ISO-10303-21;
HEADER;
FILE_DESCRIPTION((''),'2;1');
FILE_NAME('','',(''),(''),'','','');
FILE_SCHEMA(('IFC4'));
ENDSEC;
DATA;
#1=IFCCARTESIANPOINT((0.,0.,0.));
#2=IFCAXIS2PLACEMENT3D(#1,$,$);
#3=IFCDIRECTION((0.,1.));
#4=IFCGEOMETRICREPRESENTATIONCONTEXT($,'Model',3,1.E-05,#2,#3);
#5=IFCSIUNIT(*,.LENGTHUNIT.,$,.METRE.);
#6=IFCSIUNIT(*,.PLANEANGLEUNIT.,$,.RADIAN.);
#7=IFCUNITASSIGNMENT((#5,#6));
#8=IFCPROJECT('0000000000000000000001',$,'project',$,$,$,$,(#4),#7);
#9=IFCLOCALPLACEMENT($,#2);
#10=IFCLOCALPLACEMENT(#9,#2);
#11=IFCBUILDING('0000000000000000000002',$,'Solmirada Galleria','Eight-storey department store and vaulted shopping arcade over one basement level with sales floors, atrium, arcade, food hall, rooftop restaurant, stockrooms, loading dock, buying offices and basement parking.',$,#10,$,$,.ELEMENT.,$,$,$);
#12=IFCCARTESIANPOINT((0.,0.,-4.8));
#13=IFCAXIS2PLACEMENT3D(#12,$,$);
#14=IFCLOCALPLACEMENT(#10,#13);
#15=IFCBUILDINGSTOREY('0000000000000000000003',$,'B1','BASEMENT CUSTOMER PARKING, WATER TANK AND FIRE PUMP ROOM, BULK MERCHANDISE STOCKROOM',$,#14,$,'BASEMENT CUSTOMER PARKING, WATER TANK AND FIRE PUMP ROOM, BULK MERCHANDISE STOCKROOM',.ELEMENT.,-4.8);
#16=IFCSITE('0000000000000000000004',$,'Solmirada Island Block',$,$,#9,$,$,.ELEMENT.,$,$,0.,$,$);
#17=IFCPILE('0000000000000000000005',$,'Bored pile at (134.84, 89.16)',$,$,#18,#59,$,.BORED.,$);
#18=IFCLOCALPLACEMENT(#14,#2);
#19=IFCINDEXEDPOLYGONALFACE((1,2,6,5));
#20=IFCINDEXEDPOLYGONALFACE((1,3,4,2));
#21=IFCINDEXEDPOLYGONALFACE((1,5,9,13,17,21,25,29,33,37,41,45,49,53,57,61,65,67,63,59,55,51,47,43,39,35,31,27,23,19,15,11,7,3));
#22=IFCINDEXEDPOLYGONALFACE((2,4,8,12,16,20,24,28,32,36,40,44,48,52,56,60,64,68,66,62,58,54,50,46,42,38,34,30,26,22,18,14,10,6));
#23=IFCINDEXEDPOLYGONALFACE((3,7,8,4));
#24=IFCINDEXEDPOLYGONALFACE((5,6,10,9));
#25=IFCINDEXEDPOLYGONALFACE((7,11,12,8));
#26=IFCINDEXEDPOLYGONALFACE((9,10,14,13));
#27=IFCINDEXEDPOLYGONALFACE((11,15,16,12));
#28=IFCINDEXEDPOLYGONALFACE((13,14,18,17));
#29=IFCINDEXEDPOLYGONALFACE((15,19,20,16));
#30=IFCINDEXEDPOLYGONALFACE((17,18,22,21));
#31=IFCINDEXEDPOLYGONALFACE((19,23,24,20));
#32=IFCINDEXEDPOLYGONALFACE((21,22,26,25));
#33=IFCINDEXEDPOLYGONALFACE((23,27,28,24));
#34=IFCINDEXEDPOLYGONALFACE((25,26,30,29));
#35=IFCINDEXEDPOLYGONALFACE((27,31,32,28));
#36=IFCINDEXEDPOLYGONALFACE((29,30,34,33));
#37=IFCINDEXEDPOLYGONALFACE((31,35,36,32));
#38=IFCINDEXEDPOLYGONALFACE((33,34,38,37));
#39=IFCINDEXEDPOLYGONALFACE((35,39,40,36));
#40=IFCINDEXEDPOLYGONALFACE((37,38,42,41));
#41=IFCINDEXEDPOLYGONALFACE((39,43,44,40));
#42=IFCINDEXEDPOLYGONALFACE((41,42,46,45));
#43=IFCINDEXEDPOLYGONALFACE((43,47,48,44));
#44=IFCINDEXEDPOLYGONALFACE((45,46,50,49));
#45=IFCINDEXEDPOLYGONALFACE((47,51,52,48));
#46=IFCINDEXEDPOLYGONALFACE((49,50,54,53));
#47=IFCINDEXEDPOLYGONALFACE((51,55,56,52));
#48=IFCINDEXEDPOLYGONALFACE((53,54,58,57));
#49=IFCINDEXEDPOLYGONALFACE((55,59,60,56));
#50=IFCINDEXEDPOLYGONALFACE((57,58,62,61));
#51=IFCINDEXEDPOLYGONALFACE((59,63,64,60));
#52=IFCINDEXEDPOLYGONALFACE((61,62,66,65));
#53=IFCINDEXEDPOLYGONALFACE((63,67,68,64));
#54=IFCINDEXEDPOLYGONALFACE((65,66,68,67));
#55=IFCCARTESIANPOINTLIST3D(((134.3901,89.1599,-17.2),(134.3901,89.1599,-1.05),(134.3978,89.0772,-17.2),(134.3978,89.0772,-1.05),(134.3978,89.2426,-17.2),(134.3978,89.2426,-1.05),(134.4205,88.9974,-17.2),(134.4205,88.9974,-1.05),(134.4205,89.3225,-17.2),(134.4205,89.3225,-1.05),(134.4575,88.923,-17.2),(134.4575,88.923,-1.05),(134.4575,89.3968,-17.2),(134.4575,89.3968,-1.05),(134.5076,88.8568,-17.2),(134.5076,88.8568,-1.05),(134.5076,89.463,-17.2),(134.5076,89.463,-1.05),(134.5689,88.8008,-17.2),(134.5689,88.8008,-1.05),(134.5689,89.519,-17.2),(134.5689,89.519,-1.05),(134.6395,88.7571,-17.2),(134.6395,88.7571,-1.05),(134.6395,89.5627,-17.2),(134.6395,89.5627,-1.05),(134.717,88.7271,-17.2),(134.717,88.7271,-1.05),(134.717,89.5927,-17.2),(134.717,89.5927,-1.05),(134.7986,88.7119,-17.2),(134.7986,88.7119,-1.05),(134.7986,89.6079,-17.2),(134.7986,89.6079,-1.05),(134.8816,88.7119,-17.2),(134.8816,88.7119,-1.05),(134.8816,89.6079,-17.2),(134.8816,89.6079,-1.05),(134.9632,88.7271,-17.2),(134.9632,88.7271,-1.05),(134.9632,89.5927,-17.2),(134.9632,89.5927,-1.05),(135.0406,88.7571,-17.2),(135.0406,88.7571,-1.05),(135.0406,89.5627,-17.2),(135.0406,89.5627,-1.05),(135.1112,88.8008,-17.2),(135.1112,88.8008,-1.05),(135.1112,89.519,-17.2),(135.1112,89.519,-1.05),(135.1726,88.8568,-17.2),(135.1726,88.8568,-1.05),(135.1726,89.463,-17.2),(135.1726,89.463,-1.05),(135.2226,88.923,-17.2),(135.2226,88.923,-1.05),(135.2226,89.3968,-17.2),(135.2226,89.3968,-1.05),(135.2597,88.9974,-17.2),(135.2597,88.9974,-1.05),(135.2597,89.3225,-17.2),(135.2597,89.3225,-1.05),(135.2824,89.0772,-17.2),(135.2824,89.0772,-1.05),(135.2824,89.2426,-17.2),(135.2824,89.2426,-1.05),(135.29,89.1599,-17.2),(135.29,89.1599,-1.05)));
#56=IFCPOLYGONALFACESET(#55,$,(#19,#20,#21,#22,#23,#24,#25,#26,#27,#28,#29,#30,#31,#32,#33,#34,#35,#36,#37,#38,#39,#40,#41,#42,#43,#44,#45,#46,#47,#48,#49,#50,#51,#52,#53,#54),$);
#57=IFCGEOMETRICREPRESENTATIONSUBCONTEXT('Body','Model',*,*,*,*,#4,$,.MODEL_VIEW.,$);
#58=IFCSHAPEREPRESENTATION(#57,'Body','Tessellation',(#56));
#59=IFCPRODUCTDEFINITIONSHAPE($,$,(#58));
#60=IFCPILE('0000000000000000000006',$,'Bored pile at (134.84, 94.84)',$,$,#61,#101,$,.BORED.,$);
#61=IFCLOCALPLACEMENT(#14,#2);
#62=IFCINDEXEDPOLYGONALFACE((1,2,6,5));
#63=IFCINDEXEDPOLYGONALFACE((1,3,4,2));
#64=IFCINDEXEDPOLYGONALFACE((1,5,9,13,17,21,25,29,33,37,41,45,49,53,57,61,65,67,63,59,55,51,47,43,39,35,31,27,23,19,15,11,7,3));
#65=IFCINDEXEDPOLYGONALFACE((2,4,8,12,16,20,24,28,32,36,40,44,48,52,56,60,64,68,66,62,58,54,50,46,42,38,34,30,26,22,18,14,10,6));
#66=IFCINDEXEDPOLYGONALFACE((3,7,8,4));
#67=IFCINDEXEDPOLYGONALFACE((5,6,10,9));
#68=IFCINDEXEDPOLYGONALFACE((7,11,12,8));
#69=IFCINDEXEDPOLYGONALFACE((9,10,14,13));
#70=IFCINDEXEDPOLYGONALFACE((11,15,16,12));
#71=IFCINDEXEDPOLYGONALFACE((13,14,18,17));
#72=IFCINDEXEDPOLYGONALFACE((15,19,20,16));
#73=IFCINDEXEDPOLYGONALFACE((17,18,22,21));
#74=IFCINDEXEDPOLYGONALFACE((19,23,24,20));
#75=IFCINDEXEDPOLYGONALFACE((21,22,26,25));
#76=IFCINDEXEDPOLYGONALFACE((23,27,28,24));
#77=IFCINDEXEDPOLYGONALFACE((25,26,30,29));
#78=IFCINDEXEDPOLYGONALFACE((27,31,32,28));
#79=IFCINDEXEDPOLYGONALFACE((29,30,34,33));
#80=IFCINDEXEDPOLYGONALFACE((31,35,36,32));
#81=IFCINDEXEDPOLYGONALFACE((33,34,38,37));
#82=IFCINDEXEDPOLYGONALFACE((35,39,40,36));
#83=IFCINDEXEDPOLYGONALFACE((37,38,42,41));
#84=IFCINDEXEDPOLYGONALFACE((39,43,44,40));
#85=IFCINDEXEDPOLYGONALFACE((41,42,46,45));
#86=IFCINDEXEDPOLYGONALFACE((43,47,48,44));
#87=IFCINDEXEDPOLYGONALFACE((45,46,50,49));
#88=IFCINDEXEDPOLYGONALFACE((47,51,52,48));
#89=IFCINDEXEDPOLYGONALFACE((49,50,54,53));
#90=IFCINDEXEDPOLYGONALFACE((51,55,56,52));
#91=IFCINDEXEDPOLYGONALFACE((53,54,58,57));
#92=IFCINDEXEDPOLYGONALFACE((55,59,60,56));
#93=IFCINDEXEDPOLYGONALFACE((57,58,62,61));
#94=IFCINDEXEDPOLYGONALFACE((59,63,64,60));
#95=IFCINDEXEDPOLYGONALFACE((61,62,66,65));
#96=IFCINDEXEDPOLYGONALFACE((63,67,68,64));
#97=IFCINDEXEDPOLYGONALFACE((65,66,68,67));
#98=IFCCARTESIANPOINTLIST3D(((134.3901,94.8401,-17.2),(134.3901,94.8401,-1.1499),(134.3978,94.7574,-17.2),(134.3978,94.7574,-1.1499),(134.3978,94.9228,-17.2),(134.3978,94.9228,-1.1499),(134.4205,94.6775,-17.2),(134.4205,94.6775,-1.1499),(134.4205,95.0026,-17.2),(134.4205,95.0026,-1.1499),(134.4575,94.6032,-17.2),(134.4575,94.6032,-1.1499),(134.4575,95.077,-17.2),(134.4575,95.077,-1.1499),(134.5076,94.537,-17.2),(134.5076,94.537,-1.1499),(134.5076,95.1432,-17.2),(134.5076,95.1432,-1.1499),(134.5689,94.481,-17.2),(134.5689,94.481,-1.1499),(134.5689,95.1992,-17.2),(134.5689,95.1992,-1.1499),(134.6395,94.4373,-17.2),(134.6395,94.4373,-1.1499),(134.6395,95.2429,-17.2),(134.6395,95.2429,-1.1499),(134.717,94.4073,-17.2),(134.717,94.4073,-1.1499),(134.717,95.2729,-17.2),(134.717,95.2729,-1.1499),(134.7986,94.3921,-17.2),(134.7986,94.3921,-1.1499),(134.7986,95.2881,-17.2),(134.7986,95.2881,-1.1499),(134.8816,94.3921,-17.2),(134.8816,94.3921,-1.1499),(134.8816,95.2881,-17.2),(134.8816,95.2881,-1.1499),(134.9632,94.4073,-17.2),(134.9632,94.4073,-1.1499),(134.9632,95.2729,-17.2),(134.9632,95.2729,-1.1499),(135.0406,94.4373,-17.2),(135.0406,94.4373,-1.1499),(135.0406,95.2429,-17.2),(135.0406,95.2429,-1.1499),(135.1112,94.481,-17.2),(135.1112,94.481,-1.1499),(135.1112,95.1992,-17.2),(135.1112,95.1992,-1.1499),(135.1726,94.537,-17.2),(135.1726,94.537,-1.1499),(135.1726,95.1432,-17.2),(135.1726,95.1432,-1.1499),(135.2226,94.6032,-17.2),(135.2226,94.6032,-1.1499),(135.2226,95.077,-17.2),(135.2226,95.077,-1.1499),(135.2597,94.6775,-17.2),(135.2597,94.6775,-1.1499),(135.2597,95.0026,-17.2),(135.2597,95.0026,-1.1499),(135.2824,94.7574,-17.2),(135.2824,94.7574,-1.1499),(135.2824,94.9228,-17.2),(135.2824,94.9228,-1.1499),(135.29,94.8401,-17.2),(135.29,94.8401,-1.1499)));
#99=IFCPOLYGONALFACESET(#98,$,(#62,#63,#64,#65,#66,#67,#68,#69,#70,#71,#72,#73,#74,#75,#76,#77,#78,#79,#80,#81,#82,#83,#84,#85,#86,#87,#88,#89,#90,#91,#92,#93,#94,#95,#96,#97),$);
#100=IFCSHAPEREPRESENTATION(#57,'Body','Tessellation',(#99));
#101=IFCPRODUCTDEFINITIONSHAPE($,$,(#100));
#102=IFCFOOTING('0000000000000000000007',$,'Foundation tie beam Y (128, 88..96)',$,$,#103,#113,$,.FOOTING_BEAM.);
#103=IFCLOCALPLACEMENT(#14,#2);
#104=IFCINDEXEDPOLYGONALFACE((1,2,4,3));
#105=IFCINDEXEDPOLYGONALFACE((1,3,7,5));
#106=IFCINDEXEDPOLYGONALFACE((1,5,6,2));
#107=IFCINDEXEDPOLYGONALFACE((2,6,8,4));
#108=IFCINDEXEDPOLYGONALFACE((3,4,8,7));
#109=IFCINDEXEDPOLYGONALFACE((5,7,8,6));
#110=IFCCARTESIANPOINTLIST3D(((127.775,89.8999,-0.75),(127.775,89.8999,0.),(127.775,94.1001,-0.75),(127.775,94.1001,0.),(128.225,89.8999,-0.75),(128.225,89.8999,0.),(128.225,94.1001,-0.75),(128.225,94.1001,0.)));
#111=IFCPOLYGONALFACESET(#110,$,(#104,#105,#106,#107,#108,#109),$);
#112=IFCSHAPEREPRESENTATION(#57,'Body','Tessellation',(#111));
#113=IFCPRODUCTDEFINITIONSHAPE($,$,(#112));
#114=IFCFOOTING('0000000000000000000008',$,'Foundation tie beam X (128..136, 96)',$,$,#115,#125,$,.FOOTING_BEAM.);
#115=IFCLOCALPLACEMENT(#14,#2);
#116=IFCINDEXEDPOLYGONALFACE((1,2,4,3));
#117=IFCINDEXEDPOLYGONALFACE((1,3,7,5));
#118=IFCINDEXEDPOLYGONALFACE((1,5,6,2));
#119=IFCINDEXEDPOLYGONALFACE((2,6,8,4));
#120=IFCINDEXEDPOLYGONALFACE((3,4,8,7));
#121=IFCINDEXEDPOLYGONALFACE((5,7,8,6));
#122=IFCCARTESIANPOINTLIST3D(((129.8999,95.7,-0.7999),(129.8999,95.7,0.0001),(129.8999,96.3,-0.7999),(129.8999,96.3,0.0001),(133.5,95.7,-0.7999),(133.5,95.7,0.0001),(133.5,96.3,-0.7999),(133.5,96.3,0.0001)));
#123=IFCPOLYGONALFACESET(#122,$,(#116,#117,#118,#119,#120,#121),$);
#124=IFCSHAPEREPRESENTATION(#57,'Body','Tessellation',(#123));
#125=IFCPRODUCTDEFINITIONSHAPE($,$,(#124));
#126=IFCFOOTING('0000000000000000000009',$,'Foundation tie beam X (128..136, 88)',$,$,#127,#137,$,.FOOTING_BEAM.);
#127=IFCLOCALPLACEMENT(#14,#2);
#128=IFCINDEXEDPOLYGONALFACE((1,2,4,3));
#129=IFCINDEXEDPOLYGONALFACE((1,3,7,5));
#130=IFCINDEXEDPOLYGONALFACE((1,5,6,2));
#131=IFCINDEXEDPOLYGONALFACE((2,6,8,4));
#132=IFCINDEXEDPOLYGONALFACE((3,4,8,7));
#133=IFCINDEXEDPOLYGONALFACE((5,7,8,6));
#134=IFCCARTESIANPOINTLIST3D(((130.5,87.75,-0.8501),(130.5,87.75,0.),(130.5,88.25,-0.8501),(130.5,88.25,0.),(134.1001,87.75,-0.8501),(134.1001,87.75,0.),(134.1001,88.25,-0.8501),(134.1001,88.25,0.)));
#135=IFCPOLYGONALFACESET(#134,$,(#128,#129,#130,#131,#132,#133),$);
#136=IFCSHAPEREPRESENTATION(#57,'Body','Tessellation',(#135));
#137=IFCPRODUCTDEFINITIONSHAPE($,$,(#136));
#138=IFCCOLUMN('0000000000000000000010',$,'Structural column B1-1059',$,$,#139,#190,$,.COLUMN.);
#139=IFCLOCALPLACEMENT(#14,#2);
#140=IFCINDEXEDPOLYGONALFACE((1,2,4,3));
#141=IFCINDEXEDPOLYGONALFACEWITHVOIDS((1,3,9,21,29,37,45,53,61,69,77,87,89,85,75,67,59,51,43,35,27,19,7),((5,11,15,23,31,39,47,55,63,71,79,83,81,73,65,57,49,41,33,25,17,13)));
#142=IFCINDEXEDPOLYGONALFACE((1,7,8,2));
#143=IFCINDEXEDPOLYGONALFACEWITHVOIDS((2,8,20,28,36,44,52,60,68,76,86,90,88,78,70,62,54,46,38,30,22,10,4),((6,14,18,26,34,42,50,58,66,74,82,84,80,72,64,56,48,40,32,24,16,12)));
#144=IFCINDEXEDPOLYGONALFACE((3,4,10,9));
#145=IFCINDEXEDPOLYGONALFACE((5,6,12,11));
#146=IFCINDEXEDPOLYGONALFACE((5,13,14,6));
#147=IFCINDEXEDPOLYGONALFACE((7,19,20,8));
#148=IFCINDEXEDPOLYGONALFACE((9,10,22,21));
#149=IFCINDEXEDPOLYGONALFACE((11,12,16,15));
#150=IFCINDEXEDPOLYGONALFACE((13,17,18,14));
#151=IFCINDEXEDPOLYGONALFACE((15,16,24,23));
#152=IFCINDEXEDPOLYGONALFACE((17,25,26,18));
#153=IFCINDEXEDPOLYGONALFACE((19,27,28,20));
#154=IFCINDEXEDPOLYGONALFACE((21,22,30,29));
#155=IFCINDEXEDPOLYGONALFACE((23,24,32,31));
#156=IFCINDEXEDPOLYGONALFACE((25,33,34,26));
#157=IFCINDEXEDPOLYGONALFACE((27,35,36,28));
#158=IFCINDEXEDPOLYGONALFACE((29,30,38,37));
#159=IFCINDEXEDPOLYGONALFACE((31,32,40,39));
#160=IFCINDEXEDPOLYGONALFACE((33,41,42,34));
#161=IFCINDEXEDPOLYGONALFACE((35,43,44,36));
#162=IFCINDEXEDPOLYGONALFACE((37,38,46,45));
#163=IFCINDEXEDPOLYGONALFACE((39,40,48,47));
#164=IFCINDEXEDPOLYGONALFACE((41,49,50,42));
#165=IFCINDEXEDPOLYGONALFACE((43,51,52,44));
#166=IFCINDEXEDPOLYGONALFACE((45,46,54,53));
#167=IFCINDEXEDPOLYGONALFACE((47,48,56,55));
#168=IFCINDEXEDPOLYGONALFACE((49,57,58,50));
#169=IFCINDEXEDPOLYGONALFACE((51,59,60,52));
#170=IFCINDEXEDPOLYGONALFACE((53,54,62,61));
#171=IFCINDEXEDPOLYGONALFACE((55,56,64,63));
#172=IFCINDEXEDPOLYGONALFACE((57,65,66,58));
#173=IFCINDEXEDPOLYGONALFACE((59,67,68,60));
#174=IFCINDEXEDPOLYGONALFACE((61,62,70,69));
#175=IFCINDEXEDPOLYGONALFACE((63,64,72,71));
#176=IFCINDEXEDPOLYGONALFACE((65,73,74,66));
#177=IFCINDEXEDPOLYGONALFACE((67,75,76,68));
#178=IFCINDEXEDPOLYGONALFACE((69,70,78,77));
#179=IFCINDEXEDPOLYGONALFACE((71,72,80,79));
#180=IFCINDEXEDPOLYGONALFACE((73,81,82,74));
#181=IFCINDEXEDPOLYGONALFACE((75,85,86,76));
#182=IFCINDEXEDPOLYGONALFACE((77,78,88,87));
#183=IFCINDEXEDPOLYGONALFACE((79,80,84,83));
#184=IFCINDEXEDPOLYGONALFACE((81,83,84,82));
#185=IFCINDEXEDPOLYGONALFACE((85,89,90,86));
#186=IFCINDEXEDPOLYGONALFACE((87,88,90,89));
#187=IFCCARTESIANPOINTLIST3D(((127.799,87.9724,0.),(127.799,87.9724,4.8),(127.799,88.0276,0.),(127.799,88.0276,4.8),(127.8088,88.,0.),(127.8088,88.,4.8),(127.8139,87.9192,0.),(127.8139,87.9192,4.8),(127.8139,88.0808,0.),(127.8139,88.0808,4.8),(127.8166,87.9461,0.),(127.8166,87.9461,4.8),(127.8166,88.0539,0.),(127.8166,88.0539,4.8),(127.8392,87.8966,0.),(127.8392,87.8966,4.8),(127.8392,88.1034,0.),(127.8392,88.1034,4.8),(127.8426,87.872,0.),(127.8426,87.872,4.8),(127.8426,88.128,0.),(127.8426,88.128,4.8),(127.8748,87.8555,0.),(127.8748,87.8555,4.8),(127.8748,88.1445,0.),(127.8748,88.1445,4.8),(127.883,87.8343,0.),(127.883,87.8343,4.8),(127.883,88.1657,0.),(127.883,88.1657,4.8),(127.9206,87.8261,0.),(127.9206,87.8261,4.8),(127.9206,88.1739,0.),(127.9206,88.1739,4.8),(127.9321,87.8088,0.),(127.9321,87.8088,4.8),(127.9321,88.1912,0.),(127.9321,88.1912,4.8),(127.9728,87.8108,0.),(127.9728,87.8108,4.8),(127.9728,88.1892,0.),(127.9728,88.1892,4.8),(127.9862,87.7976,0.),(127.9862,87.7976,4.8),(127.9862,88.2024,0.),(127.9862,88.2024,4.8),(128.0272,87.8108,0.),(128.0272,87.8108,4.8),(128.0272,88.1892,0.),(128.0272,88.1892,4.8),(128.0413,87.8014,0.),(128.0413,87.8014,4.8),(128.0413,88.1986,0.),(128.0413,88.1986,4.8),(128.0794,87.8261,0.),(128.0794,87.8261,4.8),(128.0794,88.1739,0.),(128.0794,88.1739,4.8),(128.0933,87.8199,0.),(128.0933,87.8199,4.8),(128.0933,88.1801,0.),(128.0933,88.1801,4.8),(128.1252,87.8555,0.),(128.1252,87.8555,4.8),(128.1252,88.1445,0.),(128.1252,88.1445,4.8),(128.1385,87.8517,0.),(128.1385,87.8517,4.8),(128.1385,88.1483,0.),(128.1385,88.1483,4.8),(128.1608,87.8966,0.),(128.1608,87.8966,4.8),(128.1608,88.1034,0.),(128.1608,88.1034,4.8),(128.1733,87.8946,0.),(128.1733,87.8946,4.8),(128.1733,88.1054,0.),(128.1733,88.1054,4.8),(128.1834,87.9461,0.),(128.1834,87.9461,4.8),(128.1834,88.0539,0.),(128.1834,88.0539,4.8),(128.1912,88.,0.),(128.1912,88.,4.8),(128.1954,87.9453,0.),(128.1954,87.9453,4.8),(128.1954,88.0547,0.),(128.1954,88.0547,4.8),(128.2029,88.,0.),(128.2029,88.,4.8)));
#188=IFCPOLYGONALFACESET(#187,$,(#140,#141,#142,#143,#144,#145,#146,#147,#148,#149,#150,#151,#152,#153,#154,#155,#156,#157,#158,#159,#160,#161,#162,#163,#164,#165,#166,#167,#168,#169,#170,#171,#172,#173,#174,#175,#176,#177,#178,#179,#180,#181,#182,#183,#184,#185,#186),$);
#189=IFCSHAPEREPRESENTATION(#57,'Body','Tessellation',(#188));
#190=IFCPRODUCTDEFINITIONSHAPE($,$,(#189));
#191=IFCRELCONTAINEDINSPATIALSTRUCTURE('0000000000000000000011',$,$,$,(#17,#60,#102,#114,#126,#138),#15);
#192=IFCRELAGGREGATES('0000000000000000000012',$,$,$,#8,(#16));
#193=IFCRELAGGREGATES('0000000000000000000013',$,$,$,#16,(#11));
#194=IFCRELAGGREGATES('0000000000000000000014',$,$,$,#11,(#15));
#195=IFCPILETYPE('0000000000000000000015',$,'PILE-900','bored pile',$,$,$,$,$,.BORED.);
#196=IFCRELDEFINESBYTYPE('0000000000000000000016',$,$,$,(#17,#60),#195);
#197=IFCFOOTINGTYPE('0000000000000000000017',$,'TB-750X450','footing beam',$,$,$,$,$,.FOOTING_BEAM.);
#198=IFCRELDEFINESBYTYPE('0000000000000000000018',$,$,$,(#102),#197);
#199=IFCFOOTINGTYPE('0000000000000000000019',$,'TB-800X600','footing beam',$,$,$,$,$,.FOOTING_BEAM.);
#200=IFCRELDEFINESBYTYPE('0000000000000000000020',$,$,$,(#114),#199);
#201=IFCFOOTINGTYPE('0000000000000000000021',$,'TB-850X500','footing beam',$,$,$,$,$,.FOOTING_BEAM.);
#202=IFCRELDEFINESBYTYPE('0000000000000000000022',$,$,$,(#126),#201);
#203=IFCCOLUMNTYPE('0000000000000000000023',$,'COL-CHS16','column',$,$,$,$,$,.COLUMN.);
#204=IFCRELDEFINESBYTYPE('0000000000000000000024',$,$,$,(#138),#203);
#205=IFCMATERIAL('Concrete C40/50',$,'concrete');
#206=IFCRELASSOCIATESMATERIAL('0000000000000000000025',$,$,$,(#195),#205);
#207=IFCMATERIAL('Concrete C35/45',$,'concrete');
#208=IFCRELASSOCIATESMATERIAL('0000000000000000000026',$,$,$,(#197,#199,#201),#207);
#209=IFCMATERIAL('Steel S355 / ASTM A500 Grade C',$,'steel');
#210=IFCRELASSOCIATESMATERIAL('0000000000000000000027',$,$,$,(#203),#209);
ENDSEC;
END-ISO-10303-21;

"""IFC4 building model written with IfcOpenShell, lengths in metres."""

from ifc_helpers import new_model, si_unit, direction, frame, origin, origin_2d, place, context, subcontext, project, spatial, rectangle, circle, hollow_circle, extrude, material, material_profile, profile_set, type_object, element, save


model = new_model("IFC4")

# Units and contexts
model_context = context("Model", 3, precision=1e-05, world=origin(), true_north=direction((0.0, 1.0)))
body_context = subcontext(model_context, "Body", "Model", "MODEL_VIEW")
ifc_project = project(units=[si_unit("LENGTHUNIT", "METRE"), si_unit("PLANEANGLEUNIT", "RADIAN")], contexts=[model_context])

# Site, building, storey
site_placement = place(None, origin())
site = spatial("IfcSite", under=ifc_project, at=site_placement, Name="Solmirada Island Block", CompositionType="ELEMENT", RefElevation=0.0)
building_placement = place(site_placement, origin())
building = spatial("IfcBuilding", under=site, at=building_placement, Name="Solmirada Galleria", Description="Eight-storey department store and vaulted shopping arcade over one basement level with sales floors, atrium, arcade, food hall, rooftop restaurant, stockrooms, loading dock, buying offices and basement parking.", CompositionType="ELEMENT")
storey_placement = place(building_placement, frame((0.0, 0.0, -4.8)))
storey = spatial("IfcBuildingStorey", under=building, at=storey_placement, Name="B1", Description="BASEMENT CUSTOMER PARKING, WATER TANK AND FIRE PUMP ROOM, BULK MERCHANDISE STOCKROOM", LongName="BASEMENT CUSTOMER PARKING, WATER TANK AND FIRE PUMP ROOM, BULK MERCHANDISE STOCKROOM", CompositionType="ELEMENT", Elevation=-4.8)

# Shared definitions
ifc_material_1 = material(Name="Concrete C35/45", Category="concrete")

# Piles
ifc_material_2 = material(Name="Concrete C40/50", Category="concrete")
ifc_material_profile_1 = material_profile(ifc_material_2, circle(Radius=0.45, at=origin_2d()), Name="PILE900")
ifc_profile_set_1 = profile_set([ifc_material_profile_1], Name="Concrete C40/50")
pile_type = type_object("IfcPileType", Name="PILE-900", Description="bored pile", PredefinedType="BORED", material=ifc_profile_set_1)
for number, where, z_axis, x_axis, name in (
    (1, (134.8401, 89.1599, -1.05), (0.0, 0.0, -1.0), (1.0, 0.0, 0.0), "Bored pile at (134.84, 89.16)"),
):
    element("IfcPile", number, at=place(storey_placement, frame(where, z_axis=z_axis, x_axis=x_axis)), inside=storey, type_object=pile_type, Name=name, PredefinedType="BORED", context=body_context, shape_type="SweptSolid", body=[
        extrude(circle(Radius=0.45, at=origin_2d()), origin(), (0.0, 0.0, 1.0), 16.1499),
    ])
pile_placement = place(storey_placement, frame((134.8401, 94.8401, -1.1499), z_axis=(0.0, 0.0, -1.0), x_axis=(1.0, 0.0, 0.0)))
element("IfcPile", 2, at=pile_placement, inside=storey, type_object=pile_type, Name="Bored pile at (134.84, 94.84)", PredefinedType="BORED", context=body_context, shape_type="SweptSolid", body=[
    extrude(circle(Radius=0.45, at=origin_2d()), origin(), (0.0, 0.0, 1.0), 16.05),
])

# Footings
ifc_material_profile_2 = material_profile(ifc_material_1, rectangle(XDim=0.45, YDim=0.75, at=origin_2d()), Name="RC750X450")
ifc_profile_set_2 = profile_set([ifc_material_profile_2], Name="Concrete C35/45")
footing_type_1 = type_object("IfcFootingType", Name="TB-750X450", Description="footing beam", PredefinedType="FOOTING_BEAM", material=ifc_profile_set_2)
footing_1_placement = place(storey_placement, frame((128.0, 89.8999, -0.375), z_axis=(0.0, 1.0, 0.0), x_axis=(-1.0, 0.0, 0.0)))
element("IfcFooting", 3, at=footing_1_placement, inside=storey, type_object=footing_type_1, Name="Foundation tie beam Y (128, 88..96)", PredefinedType="FOOTING_BEAM", context=body_context, shape_type="SweptSolid", body=[
    extrude(rectangle(XDim=0.45, YDim=0.75, at=origin_2d()), origin(), (0.0, 0.0, 1.0), 4.2002),
])
ifc_material_profile_3 = material_profile(ifc_material_1, rectangle(XDim=0.6001, YDim=0.8, at=origin_2d()), Name="RC800X600")
ifc_profile_set_3 = profile_set([ifc_material_profile_3], Name="Concrete C35/45")
footing_type_2 = type_object("IfcFootingType", Name="TB-800X600", Description="footing beam", PredefinedType="FOOTING_BEAM", material=ifc_profile_set_3)
footing_2_placement = place(storey_placement, frame((129.8999, 96.0, -0.3999), z_axis=(1.0, 0.0, 0.0), x_axis=(0.0, 1.0, 0.0)))
element("IfcFooting", 4, at=footing_2_placement, inside=storey, type_object=footing_type_2, Name="Foundation tie beam X (128..136, 96)", PredefinedType="FOOTING_BEAM", context=body_context, shape_type="SweptSolid", body=[
    extrude(rectangle(XDim=0.6001, YDim=0.8, at=origin_2d()), origin(), (0.0, 0.0, 1.0), 3.6001),
])
ifc_material_profile_4 = material_profile(ifc_material_1, rectangle(XDim=0.5, YDim=0.8501, at=origin_2d()), Name="RC850X500")
ifc_profile_set_4 = profile_set([ifc_material_profile_4], Name="Concrete C35/45")
footing_type_3 = type_object("IfcFootingType", Name="TB-850X500", Description="footing beam", PredefinedType="FOOTING_BEAM", material=ifc_profile_set_4)
footing_3_placement = place(storey_placement, frame((130.5, 88.0, -0.425), z_axis=(1.0, 0.0, 0.0), x_axis=(0.0, 1.0, 0.0)))
element("IfcFooting", 5, at=footing_3_placement, inside=storey, type_object=footing_type_3, Name="Foundation tie beam X (128..136, 88)", PredefinedType="FOOTING_BEAM", context=body_context, shape_type="SweptSolid", body=[
    extrude(rectangle(XDim=0.5, YDim=0.8501, at=origin_2d()), origin(), (0.0, 0.0, 1.0), 3.6001),
])

# Column
ifc_material_3 = material(Name="Steel S355 / ASTM A500 Grade C", Category="steel")
ifc_material_profile_5 = material_profile(ifc_material_3, hollow_circle(Radius=0.2029, WallThickness=0.0117, at=origin_2d()), Name="HSS16.000X0.500")
ifc_profile_set_5 = profile_set([ifc_material_profile_5], Name="Steel S355 / ASTM A500 Grade C")
column_type_1 = type_object("IfcColumnType", Name="COL-CHS16", Description="column", PredefinedType="COLUMN", material=ifc_profile_set_5)
column_1_placement = place(storey_placement, frame((128.0, 88.0, 0.0), z_axis=(0.0, 0.0, 1.0), x_axis=(1.0, 0.0, 0.0)))
element("IfcColumn", 6, at=column_1_placement, inside=storey, type_object=column_type_1, Name="Structural column B1-1059", PredefinedType="COLUMN", context=body_context, shape_type="SweptSolid", body=[
    extrude(hollow_circle(Radius=0.2029, WallThickness=0.0117, at=origin_2d()), origin(), (0.0, 0.0, 1.0), 4.8),
])

save(model, "model.ifc")
